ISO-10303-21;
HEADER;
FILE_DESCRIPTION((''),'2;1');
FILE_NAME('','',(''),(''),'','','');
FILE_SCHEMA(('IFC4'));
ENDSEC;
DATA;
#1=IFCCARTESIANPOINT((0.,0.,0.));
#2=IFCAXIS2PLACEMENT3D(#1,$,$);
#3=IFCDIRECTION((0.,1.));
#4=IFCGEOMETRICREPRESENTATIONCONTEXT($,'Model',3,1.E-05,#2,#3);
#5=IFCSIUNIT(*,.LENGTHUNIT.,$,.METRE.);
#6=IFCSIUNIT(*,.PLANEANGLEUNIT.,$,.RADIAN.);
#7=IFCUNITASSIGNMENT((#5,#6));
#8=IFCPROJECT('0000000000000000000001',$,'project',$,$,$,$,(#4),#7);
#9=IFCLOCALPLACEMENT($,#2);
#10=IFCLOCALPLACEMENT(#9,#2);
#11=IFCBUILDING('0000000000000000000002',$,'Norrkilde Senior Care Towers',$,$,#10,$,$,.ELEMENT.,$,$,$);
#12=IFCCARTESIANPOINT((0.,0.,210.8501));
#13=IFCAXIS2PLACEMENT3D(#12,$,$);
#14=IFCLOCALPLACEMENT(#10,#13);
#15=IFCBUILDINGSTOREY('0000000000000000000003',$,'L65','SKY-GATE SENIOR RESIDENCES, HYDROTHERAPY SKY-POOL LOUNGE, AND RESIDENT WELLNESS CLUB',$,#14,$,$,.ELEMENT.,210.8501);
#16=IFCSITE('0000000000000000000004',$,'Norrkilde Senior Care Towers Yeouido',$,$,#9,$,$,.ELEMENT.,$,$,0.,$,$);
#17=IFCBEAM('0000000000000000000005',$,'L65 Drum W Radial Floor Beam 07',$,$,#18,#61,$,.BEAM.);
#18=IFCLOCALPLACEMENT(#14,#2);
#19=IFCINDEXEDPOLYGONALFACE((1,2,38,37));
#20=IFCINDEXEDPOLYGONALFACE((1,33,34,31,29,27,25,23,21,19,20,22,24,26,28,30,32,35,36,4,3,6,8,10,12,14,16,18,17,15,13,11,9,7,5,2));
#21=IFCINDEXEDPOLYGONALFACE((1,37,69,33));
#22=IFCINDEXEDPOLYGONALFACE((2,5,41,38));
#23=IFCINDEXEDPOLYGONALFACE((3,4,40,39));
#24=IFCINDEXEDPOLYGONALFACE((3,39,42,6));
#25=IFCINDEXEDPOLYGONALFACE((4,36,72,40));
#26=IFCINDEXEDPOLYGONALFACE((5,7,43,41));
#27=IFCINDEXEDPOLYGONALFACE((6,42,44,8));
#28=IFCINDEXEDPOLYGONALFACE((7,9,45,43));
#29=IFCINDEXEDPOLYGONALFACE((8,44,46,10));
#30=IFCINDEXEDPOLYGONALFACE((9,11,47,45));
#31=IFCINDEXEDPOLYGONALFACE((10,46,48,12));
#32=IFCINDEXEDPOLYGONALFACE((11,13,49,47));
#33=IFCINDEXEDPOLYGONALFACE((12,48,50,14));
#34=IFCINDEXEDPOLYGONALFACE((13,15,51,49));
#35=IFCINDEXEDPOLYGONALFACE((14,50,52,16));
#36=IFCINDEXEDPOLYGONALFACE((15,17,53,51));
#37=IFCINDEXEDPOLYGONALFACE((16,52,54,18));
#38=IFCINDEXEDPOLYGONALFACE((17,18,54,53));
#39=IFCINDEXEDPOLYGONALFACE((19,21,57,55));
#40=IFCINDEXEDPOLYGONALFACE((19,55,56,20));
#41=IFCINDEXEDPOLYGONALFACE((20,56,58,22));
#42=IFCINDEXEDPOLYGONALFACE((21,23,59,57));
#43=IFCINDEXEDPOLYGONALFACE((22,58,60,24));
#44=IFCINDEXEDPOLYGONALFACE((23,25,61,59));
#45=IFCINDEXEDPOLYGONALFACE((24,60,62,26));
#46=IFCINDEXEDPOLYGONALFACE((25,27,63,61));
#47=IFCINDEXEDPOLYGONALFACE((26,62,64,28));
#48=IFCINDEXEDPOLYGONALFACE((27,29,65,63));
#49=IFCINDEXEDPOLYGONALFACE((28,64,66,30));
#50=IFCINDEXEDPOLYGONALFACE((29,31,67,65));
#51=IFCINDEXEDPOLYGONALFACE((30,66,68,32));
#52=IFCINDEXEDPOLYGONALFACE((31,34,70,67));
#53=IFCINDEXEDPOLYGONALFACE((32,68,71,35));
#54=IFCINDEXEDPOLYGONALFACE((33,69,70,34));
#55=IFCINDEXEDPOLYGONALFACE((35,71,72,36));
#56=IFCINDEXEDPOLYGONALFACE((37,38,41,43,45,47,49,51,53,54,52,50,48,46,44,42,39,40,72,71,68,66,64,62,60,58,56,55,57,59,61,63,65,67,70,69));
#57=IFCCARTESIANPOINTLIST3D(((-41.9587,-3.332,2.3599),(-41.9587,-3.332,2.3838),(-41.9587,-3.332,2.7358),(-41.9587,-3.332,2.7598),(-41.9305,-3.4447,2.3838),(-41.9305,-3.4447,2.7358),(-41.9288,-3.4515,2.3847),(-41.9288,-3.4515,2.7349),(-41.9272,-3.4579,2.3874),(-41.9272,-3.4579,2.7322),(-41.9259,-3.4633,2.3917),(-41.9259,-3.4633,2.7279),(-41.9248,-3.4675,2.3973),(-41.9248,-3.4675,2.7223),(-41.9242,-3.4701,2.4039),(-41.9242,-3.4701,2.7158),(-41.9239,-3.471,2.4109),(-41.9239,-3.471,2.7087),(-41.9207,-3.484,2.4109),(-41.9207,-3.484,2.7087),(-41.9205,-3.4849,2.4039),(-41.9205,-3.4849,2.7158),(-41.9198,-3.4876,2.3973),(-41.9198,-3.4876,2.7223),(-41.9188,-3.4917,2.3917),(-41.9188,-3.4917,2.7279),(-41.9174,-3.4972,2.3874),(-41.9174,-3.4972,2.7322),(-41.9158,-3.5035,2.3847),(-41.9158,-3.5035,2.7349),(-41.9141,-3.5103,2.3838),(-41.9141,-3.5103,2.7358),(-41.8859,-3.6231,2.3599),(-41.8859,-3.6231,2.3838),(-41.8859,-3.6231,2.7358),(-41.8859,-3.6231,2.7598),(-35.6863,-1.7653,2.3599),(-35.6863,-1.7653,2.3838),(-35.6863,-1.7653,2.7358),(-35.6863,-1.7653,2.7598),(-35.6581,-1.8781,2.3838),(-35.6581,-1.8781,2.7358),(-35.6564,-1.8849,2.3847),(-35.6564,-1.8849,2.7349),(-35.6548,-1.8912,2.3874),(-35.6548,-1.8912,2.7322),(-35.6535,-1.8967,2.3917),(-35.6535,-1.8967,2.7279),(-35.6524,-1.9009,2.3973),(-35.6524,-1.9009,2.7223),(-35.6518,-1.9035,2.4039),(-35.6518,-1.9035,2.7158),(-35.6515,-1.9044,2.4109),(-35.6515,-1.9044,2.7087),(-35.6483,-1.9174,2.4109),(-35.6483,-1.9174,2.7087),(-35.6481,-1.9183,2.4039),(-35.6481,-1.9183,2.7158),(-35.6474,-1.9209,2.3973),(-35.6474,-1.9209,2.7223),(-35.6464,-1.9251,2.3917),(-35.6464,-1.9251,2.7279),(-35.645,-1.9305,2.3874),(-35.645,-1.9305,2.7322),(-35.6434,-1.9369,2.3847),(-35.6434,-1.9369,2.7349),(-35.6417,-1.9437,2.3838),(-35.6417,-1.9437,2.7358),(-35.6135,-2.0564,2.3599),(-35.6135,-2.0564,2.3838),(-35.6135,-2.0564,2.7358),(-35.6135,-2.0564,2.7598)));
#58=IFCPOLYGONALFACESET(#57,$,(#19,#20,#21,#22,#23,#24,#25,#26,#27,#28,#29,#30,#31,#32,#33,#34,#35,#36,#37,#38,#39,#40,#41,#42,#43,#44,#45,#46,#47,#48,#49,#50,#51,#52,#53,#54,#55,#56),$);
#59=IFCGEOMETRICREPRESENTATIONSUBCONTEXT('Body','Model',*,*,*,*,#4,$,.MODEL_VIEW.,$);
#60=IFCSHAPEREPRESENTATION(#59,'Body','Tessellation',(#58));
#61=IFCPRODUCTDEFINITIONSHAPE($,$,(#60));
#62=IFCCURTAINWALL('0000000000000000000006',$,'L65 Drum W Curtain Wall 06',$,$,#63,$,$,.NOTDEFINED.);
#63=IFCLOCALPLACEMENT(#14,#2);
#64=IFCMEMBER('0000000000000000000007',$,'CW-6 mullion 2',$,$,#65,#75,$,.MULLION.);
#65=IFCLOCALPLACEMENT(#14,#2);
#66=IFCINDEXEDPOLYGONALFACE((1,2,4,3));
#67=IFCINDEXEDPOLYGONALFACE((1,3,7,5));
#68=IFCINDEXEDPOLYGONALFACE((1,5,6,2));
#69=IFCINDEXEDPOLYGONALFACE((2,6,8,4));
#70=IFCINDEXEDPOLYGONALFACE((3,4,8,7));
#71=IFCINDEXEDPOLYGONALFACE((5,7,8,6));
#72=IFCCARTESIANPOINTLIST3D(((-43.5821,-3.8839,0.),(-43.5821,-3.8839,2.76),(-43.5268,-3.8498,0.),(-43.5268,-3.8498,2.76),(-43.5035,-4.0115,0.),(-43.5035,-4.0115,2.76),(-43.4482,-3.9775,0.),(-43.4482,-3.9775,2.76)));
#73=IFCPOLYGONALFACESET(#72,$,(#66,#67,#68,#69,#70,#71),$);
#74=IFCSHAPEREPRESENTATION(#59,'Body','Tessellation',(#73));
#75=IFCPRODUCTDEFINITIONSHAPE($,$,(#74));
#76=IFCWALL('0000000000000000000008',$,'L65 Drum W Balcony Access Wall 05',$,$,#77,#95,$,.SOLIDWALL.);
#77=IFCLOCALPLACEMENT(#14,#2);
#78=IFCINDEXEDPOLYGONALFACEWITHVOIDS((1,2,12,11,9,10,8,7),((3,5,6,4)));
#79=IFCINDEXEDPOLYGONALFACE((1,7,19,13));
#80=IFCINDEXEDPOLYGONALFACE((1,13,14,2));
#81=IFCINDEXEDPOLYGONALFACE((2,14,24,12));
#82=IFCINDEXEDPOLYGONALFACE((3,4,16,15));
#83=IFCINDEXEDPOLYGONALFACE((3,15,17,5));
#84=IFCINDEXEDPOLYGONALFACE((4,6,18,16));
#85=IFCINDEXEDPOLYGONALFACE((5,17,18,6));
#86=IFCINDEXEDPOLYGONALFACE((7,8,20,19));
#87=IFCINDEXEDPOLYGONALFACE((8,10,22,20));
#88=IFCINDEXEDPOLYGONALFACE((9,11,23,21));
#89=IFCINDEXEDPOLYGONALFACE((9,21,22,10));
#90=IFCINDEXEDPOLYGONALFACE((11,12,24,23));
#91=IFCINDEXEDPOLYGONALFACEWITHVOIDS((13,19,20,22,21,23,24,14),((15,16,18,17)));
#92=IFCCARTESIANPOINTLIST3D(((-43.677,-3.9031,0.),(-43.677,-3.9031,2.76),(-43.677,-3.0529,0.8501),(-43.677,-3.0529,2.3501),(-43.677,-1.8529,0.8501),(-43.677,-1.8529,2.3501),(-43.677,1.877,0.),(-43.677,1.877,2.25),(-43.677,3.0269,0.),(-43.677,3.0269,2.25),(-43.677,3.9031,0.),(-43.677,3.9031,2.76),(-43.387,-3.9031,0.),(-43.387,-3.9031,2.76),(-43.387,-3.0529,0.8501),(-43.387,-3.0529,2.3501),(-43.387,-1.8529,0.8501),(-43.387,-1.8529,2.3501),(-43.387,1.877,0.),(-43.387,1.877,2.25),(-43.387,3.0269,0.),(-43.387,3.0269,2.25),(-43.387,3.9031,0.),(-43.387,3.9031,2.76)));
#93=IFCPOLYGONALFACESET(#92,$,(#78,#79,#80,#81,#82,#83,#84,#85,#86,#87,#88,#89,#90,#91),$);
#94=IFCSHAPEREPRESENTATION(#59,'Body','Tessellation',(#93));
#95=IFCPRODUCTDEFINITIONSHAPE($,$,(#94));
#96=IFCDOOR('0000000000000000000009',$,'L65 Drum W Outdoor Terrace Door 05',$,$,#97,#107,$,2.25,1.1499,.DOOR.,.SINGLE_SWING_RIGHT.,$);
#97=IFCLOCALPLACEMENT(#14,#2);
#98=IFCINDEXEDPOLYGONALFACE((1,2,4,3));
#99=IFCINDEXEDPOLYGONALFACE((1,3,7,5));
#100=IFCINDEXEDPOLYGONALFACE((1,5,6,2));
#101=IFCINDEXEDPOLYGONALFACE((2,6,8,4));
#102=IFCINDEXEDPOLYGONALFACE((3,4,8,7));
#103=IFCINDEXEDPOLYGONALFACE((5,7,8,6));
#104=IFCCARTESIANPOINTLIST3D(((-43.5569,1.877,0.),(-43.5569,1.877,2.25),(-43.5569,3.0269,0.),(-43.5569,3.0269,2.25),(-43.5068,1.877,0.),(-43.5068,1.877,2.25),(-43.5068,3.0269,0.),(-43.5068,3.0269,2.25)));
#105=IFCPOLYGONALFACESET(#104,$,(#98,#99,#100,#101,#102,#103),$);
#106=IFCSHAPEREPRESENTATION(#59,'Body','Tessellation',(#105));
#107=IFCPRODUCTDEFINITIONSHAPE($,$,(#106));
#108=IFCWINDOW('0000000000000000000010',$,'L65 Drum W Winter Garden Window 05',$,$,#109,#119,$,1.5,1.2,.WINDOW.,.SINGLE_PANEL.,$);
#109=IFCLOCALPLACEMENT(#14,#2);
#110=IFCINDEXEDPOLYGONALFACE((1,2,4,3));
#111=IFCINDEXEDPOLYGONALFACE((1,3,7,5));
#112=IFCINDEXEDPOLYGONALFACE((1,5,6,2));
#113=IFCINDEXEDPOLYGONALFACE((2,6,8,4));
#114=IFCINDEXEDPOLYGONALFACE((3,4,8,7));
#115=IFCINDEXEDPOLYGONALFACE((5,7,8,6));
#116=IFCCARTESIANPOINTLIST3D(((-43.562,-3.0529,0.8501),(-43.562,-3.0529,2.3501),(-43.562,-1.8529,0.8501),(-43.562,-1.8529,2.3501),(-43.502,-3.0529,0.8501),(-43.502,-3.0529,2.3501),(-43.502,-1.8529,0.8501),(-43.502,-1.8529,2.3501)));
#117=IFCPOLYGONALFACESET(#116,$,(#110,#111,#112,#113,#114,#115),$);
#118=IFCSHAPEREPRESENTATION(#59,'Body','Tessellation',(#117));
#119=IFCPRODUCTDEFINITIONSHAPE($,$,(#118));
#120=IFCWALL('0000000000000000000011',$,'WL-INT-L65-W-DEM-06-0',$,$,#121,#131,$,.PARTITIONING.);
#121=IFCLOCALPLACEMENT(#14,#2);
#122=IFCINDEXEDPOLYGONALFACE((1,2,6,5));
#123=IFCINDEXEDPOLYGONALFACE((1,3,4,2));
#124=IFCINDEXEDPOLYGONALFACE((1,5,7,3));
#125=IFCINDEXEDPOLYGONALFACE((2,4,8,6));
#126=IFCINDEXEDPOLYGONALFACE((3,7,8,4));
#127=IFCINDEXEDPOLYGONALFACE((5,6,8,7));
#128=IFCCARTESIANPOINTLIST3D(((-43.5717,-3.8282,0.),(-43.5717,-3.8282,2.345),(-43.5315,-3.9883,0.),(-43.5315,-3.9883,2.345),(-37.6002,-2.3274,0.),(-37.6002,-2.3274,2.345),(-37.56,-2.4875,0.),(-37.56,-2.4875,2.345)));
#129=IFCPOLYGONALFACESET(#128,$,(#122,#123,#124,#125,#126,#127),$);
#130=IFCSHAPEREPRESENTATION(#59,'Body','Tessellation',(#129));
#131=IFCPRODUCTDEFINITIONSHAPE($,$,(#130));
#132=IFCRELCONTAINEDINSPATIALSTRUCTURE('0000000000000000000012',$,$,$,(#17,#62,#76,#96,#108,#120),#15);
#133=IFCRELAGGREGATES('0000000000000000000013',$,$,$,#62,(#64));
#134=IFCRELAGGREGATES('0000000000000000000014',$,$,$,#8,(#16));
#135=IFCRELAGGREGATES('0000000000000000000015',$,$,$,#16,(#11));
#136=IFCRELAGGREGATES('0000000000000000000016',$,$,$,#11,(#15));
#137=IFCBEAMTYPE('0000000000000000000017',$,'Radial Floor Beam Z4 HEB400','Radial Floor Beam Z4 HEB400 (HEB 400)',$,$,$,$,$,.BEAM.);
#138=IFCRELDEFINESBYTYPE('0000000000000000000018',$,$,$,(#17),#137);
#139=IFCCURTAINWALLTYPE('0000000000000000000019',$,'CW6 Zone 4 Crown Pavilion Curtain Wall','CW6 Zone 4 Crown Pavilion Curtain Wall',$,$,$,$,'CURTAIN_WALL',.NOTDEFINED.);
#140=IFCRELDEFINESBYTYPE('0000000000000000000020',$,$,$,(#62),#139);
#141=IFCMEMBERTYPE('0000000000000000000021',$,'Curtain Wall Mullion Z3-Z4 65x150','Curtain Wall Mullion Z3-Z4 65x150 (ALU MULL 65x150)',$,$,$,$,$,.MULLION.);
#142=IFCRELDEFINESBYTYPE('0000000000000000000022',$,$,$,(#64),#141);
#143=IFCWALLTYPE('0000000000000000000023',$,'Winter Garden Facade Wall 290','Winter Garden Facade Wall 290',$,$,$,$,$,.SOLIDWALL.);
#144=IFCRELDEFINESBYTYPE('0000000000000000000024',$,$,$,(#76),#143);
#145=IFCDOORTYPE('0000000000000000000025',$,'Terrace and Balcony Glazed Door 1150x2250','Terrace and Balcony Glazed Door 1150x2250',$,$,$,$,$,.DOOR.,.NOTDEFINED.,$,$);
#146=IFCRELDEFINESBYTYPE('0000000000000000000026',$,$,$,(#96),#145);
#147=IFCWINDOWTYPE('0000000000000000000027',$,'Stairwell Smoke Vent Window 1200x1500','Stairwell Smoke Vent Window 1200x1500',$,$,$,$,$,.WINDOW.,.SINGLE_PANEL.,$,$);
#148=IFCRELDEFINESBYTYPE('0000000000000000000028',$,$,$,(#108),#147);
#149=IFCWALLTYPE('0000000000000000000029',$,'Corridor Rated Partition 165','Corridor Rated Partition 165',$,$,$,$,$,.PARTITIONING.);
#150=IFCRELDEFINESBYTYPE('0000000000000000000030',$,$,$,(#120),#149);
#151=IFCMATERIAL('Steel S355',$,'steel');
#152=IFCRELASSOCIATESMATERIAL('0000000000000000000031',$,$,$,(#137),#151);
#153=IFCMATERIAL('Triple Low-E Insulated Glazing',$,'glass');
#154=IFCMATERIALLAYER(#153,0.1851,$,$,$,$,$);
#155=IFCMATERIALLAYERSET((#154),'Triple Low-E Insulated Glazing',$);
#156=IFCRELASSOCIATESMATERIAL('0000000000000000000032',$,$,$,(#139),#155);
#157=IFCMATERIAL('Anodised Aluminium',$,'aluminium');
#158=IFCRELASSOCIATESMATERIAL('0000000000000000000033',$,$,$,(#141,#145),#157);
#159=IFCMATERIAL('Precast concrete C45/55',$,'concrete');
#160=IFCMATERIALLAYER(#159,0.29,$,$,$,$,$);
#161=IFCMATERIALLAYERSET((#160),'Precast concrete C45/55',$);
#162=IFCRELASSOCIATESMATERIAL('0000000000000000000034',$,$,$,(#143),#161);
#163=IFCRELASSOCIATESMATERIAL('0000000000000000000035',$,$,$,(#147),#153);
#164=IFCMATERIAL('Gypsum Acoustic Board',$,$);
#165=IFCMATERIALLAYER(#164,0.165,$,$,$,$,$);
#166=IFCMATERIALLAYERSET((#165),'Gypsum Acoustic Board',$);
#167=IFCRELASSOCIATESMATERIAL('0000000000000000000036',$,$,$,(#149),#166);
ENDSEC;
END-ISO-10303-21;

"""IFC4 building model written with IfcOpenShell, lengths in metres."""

from ifc_helpers import new_model, si_unit, direction, frame, frame_2d, origin, origin_2d, place, context, subcontext, project, spatial, rectangle, i_section, extrude, source, transform, mapped, material, layer, layer_set, material_profile, profile_set, type_object, type_shapes, element, fill, aggregate, save


model = new_model("IFC4")

# Units and contexts
model_context = context("Model", 3, precision=1e-05, world=origin(), true_north=direction((0.0, 1.0)))
body_context = subcontext(model_context, "Body", "Model", "MODEL_VIEW")
ifc_project = project(units=[si_unit("LENGTHUNIT", "METRE"), si_unit("PLANEANGLEUNIT", "RADIAN")], contexts=[model_context])

# Site, building, storey
site_placement = place(None, origin())
site = spatial("IfcSite", under=ifc_project, at=site_placement, Name="Norrkilde Senior Care Towers Yeouido", CompositionType="ELEMENT", RefElevation=0.0)
building_placement = place(site_placement, origin())
building = spatial("IfcBuilding", under=site, at=building_placement, Name="Norrkilde Senior Care Towers", CompositionType="ELEMENT")
storey_placement = place(building_placement, frame((0.0, 0.0, 210.8501)))
storey = spatial("IfcBuildingStorey", under=building, at=storey_placement, Name="L65", Description="SKY-GATE SENIOR RESIDENCES, HYDROTHERAPY SKY-POOL LOUNGE, AND RESIDENT WELLNESS CLUB", CompositionType="ELEMENT", Elevation=210.8501)

# Beam
ifc_material_1 = material(Name="Steel S355", Category="steel")
ifc_material_profile_1 = material_profile(ifc_material_1, i_section(OverallWidth=0.3, OverallDepth=0.3999, WebThickness=0.0134, FlangeThickness=0.0239, FilletRadius=0.0271, at=origin_2d()), Name="HEB 400")
ifc_profile_set_1 = profile_set([ifc_material_profile_1], Name="Steel S355")
beam_type_1 = type_object("IfcBeamType", Name="Radial Floor Beam Z4 HEB400", Description="Radial Floor Beam Z4 HEB400 (HEB 400)", PredefinedType="BEAM", material=ifc_profile_set_1)
shared_shape_1 = source(origin(), body_context, "Body", "SweptSolid", [
    extrude(i_section(OverallWidth=0.3, OverallDepth=0.3999, WebThickness=0.0134, FlangeThickness=0.0239, FilletRadius=0.0271, at=origin_2d()), origin(), (0.0, 0.0, 1.0), 6.4651),
])
type_shapes(beam_type_1, [shared_shape_1])
beam_1_placement = place(storey_placement, frame((-35.6499, -1.9109, 2.5598), z_axis=(-0.970196, -0.242322, 0.0), x_axis=(0.242322, -0.970196, 0.0)))
element("IfcBeam", 1, at=beam_1_placement, inside=storey, type_object=beam_type_1, Name="L65 Drum W Radial Floor Beam 07", PredefinedType="BEAM", context=body_context, shape_type="MappedRepresentation", body=[
    mapped(shared_shape_1, transform((0.0, 0.0, 0.0), x_axis=(1.0, 0.0, 0.0), y_axis=(0.0, 1.0, 0.0), z_axis=(0.0, 0.0, 1.0), scale=1.0)),
])

# Curtain wall, member
ifc_material_2 = material(Name="Triple Low-E Insulated Glazing", Category="glass")
ifc_layer_1 = layer(ifc_material_2, 0.1851)
ifc_layer_set_1 = layer_set([ifc_layer_1], Name="Triple Low-E Insulated Glazing")
curtain_wall_type = type_object("IfcCurtainWallType", Name="CW6 Zone 4 Crown Pavilion Curtain Wall", Description="CW6 Zone 4 Crown Pavilion Curtain Wall", ElementType="CURTAIN_WALL", PredefinedType="NOTDEFINED", material=ifc_layer_set_1)
curtain_wall_placement = place(storey_placement, origin())
curtain_wall = element("IfcCurtainWall", 2, at=curtain_wall_placement, inside=storey, type_object=curtain_wall_type, Name="L65 Drum W Curtain Wall 06", PredefinedType="NOTDEFINED")
ifc_material_3 = material(Name="Anodised Aluminium", Category="aluminium")
ifc_material_profile_2 = material_profile(ifc_material_3, rectangle(XDim=0.0649, YDim=0.1499, at=origin_2d()), Name="ALU MULL 65x150")
ifc_profile_set_2 = profile_set([ifc_material_profile_2], Name="Anodised Aluminium")
member_type = type_object("IfcMemberType", Name="Curtain Wall Mullion Z3-Z4 65x150", Description="Curtain Wall Mullion Z3-Z4 65x150 (ALU MULL 65x150)", PredefinedType="MULLION", material=ifc_profile_set_2)
shared_shape_2 = source(origin(), body_context, "Body", "SweptSolid", [
    extrude(rectangle(XDim=0.0649, YDim=0.1499, at=origin_2d()), origin(), (0.0, 0.0, 1.0), 2.76),
])
type_shapes(member_type, [shared_shape_2])
member_placement = place(storey_placement, frame((-43.5151, -3.9307, 0.0), z_axis=(0.0, 0.0, 1.0), x_axis=(-0.851563, -0.524253, 0.0)))
member = element("IfcMember", 3, at=member_placement, type_object=member_type, Name="CW-6 mullion 2", PredefinedType="MULLION", context=body_context, shape_type="MappedRepresentation", body=[
    mapped(shared_shape_2, transform((0.0, 0.0, 0.0), x_axis=(1.0, 0.0, 0.0), y_axis=(0.0, 1.0, 0.0), z_axis=(0.0, 0.0, 1.0), scale=1.0)),
])
aggregate(curtain_wall, [member])

# Wall, openings, door, window
ifc_material_4 = material(Name="Precast concrete C45/55", Category="concrete")
ifc_layer_2 = layer(ifc_material_4, 0.29)
ifc_layer_set_2 = layer_set([ifc_layer_2], Name="Precast concrete C45/55")
wall_type_1 = type_object("IfcWallType", Name="Winter Garden Facade Wall 290", Description="Winter Garden Facade Wall 290", PredefinedType="SOLIDWALL", material=ifc_layer_set_2)
shared_shape_3 = source(origin(), body_context, "Body", "SweptSolid", [
    extrude(rectangle(XDim=7.8062, YDim=0.29, at=frame_2d((3.9031, 0.0))), origin(), (0.0, 0.0, 1.0), 2.76),
])
type_shapes(wall_type_1, [shared_shape_3])
wall_1_placement = place(storey_placement, frame((-43.532, -3.9031, 0.0), z_axis=(0.0, 0.0, 1.0), x_axis=(0.0, 1.0, 0.0)))
wall_1 = element("IfcWall", 4, at=wall_1_placement, inside=storey, type_object=wall_type_1, Name="L65 Drum W Balcony Access Wall 05", PredefinedType="SOLIDWALL", context=body_context, shape_type="MappedRepresentation", body=[
    mapped(shared_shape_3, transform((0.0, 0.0, 0.0), x_axis=(1.0, 0.0, 0.0), y_axis=(0.0, 1.0, 0.0), z_axis=(0.0, 0.0, 1.0), scale=1.0)),
])
opening_1_placement = place(wall_1_placement, frame((5.78, 0.0, 0.0)))
opening_1 = element("IfcOpeningElement", 5, at=opening_1_placement, cuts=wall_1, PredefinedType="OPENING", context=body_context, shape_type="SweptSolid", body=[
    extrude(rectangle(XDim=1.1499, YDim=2.25, at=frame_2d((0.575, 1.125))), frame((0.0, 0.155, 0.0), z_axis=(0.0, -1.0, 0.0), x_axis=(1.0, 0.0, 0.0)), (0.0, 0.0, 1.0), 0.3101),
])
opening_2_placement = place(wall_1_placement, frame((0.8501, 0.0, 0.8501)))
opening_2 = element("IfcOpeningElement", 6, at=opening_2_placement, cuts=wall_1, PredefinedType="OPENING", context=body_context, shape_type="SweptSolid", body=[
    extrude(rectangle(XDim=1.2, YDim=1.5, at=frame_2d((0.6001, 0.75))), frame((0.0, 0.155, 0.0), z_axis=(0.0, -1.0, 0.0), x_axis=(1.0, 0.0, 0.0)), (0.0, 0.0, 1.0), 0.3101),
])
door_type_1 = type_object("IfcDoorType", Name="Terrace and Balcony Glazed Door 1150x2250", Description="Terrace and Balcony Glazed Door 1150x2250", OperationType="NOTDEFINED", PredefinedType="DOOR", material=ifc_material_3)
shared_shape_4 = source(origin(), body_context, "Body", "SweptSolid", [
    extrude(rectangle(XDim=1.1499, YDim=2.25, at=frame_2d((0.575, 1.125))), frame((0.0, 0.0249, 0.0), z_axis=(0.0, -1.0, 0.0), x_axis=(1.0, 0.0, 0.0)), (0.0, 0.0, 1.0), 0.05),
])
type_shapes(door_type_1, [shared_shape_4])
door_1_placement = place(opening_1_placement, origin())
door_1 = element("IfcDoor", 7, at=door_1_placement, inside=storey, type_object=door_type_1, Name="L65 Drum W Outdoor Terrace Door 05", OperationType="SINGLE_SWING_RIGHT", OverallHeight=2.25, OverallWidth=1.1499, PredefinedType="DOOR", context=body_context, shape_type="MappedRepresentation", body=[
    mapped(shared_shape_4, transform((0.0, 0.0, 0.0), x_axis=(1.0, 0.0, 0.0), y_axis=(0.0, 1.0, 0.0), z_axis=(0.0, 0.0, 1.0), scale=1.0)),
])
fill(opening_1, door_1)
window_type = type_object("IfcWindowType", Name="Stairwell Smoke Vent Window 1200x1500", Description="Stairwell Smoke Vent Window 1200x1500", PartitioningType="SINGLE_PANEL", PredefinedType="WINDOW", material=ifc_material_2)
shared_shape_5 = source(origin(), body_context, "Body", "SweptSolid", [
    extrude(rectangle(XDim=1.2, YDim=1.5, at=frame_2d((0.6001, 0.75))), frame((0.0, 0.03, 0.0), z_axis=(0.0, -1.0, 0.0), x_axis=(1.0, 0.0, 0.0)), (0.0, 0.0, 1.0), 0.0601),
])
type_shapes(window_type, [shared_shape_5])
window_placement = place(opening_2_placement, origin())
window = element("IfcWindow", 8, at=window_placement, inside=storey, type_object=window_type, Name="L65 Drum W Winter Garden Window 05", OverallHeight=1.5, OverallWidth=1.2, PartitioningType="SINGLE_PANEL", PredefinedType="WINDOW", context=body_context, shape_type="MappedRepresentation", body=[
    mapped(shared_shape_5, transform((0.0, 0.0, 0.0), x_axis=(1.0, 0.0, 0.0), y_axis=(0.0, 1.0, 0.0), z_axis=(0.0, 0.0, 1.0), scale=1.0)),
])
fill(opening_2, window)

# Wall
ifc_material_5 = material(Name="Gypsum Acoustic Board")
ifc_layer_3 = layer(ifc_material_5, 0.165)
ifc_layer_set_3 = layer_set([ifc_layer_3], Name="Gypsum Acoustic Board")
wall_type_2 = type_object("IfcWallType", Name="Corridor Rated Partition 165", Description="Corridor Rated Partition 165", PredefinedType="PARTITIONING", material=ifc_layer_set_3)
shared_shape_6 = source(origin(), body_context, "Body", "SweptSolid", [
    extrude(rectangle(XDim=6.1572, YDim=0.165, at=frame_2d((3.0786, 0.0))), origin(), (0.0, 0.0, 1.0), 2.345),
])
wall_2_placement = place(storey_placement, frame((-37.5801, -2.4075, 0.0), z_axis=(0.0, 0.0, 1.0), x_axis=(-0.969841, -0.243739, 0.0)))
element("IfcWall", 9, at=wall_2_placement, inside=storey, type_object=wall_type_2, Name="WL-INT-L65-W-DEM-06-0", PredefinedType="PARTITIONING", context=body_context, shape_type="MappedRepresentation", body=[
    mapped(shared_shape_6, transform((0.0, 0.0, 0.0), x_axis=(1.0, 0.0, 0.0), y_axis=(0.0, 1.0, 0.0), z_axis=(0.0, 0.0, 1.0), scale=1.0)),
])

save(model, "model.ifc")
